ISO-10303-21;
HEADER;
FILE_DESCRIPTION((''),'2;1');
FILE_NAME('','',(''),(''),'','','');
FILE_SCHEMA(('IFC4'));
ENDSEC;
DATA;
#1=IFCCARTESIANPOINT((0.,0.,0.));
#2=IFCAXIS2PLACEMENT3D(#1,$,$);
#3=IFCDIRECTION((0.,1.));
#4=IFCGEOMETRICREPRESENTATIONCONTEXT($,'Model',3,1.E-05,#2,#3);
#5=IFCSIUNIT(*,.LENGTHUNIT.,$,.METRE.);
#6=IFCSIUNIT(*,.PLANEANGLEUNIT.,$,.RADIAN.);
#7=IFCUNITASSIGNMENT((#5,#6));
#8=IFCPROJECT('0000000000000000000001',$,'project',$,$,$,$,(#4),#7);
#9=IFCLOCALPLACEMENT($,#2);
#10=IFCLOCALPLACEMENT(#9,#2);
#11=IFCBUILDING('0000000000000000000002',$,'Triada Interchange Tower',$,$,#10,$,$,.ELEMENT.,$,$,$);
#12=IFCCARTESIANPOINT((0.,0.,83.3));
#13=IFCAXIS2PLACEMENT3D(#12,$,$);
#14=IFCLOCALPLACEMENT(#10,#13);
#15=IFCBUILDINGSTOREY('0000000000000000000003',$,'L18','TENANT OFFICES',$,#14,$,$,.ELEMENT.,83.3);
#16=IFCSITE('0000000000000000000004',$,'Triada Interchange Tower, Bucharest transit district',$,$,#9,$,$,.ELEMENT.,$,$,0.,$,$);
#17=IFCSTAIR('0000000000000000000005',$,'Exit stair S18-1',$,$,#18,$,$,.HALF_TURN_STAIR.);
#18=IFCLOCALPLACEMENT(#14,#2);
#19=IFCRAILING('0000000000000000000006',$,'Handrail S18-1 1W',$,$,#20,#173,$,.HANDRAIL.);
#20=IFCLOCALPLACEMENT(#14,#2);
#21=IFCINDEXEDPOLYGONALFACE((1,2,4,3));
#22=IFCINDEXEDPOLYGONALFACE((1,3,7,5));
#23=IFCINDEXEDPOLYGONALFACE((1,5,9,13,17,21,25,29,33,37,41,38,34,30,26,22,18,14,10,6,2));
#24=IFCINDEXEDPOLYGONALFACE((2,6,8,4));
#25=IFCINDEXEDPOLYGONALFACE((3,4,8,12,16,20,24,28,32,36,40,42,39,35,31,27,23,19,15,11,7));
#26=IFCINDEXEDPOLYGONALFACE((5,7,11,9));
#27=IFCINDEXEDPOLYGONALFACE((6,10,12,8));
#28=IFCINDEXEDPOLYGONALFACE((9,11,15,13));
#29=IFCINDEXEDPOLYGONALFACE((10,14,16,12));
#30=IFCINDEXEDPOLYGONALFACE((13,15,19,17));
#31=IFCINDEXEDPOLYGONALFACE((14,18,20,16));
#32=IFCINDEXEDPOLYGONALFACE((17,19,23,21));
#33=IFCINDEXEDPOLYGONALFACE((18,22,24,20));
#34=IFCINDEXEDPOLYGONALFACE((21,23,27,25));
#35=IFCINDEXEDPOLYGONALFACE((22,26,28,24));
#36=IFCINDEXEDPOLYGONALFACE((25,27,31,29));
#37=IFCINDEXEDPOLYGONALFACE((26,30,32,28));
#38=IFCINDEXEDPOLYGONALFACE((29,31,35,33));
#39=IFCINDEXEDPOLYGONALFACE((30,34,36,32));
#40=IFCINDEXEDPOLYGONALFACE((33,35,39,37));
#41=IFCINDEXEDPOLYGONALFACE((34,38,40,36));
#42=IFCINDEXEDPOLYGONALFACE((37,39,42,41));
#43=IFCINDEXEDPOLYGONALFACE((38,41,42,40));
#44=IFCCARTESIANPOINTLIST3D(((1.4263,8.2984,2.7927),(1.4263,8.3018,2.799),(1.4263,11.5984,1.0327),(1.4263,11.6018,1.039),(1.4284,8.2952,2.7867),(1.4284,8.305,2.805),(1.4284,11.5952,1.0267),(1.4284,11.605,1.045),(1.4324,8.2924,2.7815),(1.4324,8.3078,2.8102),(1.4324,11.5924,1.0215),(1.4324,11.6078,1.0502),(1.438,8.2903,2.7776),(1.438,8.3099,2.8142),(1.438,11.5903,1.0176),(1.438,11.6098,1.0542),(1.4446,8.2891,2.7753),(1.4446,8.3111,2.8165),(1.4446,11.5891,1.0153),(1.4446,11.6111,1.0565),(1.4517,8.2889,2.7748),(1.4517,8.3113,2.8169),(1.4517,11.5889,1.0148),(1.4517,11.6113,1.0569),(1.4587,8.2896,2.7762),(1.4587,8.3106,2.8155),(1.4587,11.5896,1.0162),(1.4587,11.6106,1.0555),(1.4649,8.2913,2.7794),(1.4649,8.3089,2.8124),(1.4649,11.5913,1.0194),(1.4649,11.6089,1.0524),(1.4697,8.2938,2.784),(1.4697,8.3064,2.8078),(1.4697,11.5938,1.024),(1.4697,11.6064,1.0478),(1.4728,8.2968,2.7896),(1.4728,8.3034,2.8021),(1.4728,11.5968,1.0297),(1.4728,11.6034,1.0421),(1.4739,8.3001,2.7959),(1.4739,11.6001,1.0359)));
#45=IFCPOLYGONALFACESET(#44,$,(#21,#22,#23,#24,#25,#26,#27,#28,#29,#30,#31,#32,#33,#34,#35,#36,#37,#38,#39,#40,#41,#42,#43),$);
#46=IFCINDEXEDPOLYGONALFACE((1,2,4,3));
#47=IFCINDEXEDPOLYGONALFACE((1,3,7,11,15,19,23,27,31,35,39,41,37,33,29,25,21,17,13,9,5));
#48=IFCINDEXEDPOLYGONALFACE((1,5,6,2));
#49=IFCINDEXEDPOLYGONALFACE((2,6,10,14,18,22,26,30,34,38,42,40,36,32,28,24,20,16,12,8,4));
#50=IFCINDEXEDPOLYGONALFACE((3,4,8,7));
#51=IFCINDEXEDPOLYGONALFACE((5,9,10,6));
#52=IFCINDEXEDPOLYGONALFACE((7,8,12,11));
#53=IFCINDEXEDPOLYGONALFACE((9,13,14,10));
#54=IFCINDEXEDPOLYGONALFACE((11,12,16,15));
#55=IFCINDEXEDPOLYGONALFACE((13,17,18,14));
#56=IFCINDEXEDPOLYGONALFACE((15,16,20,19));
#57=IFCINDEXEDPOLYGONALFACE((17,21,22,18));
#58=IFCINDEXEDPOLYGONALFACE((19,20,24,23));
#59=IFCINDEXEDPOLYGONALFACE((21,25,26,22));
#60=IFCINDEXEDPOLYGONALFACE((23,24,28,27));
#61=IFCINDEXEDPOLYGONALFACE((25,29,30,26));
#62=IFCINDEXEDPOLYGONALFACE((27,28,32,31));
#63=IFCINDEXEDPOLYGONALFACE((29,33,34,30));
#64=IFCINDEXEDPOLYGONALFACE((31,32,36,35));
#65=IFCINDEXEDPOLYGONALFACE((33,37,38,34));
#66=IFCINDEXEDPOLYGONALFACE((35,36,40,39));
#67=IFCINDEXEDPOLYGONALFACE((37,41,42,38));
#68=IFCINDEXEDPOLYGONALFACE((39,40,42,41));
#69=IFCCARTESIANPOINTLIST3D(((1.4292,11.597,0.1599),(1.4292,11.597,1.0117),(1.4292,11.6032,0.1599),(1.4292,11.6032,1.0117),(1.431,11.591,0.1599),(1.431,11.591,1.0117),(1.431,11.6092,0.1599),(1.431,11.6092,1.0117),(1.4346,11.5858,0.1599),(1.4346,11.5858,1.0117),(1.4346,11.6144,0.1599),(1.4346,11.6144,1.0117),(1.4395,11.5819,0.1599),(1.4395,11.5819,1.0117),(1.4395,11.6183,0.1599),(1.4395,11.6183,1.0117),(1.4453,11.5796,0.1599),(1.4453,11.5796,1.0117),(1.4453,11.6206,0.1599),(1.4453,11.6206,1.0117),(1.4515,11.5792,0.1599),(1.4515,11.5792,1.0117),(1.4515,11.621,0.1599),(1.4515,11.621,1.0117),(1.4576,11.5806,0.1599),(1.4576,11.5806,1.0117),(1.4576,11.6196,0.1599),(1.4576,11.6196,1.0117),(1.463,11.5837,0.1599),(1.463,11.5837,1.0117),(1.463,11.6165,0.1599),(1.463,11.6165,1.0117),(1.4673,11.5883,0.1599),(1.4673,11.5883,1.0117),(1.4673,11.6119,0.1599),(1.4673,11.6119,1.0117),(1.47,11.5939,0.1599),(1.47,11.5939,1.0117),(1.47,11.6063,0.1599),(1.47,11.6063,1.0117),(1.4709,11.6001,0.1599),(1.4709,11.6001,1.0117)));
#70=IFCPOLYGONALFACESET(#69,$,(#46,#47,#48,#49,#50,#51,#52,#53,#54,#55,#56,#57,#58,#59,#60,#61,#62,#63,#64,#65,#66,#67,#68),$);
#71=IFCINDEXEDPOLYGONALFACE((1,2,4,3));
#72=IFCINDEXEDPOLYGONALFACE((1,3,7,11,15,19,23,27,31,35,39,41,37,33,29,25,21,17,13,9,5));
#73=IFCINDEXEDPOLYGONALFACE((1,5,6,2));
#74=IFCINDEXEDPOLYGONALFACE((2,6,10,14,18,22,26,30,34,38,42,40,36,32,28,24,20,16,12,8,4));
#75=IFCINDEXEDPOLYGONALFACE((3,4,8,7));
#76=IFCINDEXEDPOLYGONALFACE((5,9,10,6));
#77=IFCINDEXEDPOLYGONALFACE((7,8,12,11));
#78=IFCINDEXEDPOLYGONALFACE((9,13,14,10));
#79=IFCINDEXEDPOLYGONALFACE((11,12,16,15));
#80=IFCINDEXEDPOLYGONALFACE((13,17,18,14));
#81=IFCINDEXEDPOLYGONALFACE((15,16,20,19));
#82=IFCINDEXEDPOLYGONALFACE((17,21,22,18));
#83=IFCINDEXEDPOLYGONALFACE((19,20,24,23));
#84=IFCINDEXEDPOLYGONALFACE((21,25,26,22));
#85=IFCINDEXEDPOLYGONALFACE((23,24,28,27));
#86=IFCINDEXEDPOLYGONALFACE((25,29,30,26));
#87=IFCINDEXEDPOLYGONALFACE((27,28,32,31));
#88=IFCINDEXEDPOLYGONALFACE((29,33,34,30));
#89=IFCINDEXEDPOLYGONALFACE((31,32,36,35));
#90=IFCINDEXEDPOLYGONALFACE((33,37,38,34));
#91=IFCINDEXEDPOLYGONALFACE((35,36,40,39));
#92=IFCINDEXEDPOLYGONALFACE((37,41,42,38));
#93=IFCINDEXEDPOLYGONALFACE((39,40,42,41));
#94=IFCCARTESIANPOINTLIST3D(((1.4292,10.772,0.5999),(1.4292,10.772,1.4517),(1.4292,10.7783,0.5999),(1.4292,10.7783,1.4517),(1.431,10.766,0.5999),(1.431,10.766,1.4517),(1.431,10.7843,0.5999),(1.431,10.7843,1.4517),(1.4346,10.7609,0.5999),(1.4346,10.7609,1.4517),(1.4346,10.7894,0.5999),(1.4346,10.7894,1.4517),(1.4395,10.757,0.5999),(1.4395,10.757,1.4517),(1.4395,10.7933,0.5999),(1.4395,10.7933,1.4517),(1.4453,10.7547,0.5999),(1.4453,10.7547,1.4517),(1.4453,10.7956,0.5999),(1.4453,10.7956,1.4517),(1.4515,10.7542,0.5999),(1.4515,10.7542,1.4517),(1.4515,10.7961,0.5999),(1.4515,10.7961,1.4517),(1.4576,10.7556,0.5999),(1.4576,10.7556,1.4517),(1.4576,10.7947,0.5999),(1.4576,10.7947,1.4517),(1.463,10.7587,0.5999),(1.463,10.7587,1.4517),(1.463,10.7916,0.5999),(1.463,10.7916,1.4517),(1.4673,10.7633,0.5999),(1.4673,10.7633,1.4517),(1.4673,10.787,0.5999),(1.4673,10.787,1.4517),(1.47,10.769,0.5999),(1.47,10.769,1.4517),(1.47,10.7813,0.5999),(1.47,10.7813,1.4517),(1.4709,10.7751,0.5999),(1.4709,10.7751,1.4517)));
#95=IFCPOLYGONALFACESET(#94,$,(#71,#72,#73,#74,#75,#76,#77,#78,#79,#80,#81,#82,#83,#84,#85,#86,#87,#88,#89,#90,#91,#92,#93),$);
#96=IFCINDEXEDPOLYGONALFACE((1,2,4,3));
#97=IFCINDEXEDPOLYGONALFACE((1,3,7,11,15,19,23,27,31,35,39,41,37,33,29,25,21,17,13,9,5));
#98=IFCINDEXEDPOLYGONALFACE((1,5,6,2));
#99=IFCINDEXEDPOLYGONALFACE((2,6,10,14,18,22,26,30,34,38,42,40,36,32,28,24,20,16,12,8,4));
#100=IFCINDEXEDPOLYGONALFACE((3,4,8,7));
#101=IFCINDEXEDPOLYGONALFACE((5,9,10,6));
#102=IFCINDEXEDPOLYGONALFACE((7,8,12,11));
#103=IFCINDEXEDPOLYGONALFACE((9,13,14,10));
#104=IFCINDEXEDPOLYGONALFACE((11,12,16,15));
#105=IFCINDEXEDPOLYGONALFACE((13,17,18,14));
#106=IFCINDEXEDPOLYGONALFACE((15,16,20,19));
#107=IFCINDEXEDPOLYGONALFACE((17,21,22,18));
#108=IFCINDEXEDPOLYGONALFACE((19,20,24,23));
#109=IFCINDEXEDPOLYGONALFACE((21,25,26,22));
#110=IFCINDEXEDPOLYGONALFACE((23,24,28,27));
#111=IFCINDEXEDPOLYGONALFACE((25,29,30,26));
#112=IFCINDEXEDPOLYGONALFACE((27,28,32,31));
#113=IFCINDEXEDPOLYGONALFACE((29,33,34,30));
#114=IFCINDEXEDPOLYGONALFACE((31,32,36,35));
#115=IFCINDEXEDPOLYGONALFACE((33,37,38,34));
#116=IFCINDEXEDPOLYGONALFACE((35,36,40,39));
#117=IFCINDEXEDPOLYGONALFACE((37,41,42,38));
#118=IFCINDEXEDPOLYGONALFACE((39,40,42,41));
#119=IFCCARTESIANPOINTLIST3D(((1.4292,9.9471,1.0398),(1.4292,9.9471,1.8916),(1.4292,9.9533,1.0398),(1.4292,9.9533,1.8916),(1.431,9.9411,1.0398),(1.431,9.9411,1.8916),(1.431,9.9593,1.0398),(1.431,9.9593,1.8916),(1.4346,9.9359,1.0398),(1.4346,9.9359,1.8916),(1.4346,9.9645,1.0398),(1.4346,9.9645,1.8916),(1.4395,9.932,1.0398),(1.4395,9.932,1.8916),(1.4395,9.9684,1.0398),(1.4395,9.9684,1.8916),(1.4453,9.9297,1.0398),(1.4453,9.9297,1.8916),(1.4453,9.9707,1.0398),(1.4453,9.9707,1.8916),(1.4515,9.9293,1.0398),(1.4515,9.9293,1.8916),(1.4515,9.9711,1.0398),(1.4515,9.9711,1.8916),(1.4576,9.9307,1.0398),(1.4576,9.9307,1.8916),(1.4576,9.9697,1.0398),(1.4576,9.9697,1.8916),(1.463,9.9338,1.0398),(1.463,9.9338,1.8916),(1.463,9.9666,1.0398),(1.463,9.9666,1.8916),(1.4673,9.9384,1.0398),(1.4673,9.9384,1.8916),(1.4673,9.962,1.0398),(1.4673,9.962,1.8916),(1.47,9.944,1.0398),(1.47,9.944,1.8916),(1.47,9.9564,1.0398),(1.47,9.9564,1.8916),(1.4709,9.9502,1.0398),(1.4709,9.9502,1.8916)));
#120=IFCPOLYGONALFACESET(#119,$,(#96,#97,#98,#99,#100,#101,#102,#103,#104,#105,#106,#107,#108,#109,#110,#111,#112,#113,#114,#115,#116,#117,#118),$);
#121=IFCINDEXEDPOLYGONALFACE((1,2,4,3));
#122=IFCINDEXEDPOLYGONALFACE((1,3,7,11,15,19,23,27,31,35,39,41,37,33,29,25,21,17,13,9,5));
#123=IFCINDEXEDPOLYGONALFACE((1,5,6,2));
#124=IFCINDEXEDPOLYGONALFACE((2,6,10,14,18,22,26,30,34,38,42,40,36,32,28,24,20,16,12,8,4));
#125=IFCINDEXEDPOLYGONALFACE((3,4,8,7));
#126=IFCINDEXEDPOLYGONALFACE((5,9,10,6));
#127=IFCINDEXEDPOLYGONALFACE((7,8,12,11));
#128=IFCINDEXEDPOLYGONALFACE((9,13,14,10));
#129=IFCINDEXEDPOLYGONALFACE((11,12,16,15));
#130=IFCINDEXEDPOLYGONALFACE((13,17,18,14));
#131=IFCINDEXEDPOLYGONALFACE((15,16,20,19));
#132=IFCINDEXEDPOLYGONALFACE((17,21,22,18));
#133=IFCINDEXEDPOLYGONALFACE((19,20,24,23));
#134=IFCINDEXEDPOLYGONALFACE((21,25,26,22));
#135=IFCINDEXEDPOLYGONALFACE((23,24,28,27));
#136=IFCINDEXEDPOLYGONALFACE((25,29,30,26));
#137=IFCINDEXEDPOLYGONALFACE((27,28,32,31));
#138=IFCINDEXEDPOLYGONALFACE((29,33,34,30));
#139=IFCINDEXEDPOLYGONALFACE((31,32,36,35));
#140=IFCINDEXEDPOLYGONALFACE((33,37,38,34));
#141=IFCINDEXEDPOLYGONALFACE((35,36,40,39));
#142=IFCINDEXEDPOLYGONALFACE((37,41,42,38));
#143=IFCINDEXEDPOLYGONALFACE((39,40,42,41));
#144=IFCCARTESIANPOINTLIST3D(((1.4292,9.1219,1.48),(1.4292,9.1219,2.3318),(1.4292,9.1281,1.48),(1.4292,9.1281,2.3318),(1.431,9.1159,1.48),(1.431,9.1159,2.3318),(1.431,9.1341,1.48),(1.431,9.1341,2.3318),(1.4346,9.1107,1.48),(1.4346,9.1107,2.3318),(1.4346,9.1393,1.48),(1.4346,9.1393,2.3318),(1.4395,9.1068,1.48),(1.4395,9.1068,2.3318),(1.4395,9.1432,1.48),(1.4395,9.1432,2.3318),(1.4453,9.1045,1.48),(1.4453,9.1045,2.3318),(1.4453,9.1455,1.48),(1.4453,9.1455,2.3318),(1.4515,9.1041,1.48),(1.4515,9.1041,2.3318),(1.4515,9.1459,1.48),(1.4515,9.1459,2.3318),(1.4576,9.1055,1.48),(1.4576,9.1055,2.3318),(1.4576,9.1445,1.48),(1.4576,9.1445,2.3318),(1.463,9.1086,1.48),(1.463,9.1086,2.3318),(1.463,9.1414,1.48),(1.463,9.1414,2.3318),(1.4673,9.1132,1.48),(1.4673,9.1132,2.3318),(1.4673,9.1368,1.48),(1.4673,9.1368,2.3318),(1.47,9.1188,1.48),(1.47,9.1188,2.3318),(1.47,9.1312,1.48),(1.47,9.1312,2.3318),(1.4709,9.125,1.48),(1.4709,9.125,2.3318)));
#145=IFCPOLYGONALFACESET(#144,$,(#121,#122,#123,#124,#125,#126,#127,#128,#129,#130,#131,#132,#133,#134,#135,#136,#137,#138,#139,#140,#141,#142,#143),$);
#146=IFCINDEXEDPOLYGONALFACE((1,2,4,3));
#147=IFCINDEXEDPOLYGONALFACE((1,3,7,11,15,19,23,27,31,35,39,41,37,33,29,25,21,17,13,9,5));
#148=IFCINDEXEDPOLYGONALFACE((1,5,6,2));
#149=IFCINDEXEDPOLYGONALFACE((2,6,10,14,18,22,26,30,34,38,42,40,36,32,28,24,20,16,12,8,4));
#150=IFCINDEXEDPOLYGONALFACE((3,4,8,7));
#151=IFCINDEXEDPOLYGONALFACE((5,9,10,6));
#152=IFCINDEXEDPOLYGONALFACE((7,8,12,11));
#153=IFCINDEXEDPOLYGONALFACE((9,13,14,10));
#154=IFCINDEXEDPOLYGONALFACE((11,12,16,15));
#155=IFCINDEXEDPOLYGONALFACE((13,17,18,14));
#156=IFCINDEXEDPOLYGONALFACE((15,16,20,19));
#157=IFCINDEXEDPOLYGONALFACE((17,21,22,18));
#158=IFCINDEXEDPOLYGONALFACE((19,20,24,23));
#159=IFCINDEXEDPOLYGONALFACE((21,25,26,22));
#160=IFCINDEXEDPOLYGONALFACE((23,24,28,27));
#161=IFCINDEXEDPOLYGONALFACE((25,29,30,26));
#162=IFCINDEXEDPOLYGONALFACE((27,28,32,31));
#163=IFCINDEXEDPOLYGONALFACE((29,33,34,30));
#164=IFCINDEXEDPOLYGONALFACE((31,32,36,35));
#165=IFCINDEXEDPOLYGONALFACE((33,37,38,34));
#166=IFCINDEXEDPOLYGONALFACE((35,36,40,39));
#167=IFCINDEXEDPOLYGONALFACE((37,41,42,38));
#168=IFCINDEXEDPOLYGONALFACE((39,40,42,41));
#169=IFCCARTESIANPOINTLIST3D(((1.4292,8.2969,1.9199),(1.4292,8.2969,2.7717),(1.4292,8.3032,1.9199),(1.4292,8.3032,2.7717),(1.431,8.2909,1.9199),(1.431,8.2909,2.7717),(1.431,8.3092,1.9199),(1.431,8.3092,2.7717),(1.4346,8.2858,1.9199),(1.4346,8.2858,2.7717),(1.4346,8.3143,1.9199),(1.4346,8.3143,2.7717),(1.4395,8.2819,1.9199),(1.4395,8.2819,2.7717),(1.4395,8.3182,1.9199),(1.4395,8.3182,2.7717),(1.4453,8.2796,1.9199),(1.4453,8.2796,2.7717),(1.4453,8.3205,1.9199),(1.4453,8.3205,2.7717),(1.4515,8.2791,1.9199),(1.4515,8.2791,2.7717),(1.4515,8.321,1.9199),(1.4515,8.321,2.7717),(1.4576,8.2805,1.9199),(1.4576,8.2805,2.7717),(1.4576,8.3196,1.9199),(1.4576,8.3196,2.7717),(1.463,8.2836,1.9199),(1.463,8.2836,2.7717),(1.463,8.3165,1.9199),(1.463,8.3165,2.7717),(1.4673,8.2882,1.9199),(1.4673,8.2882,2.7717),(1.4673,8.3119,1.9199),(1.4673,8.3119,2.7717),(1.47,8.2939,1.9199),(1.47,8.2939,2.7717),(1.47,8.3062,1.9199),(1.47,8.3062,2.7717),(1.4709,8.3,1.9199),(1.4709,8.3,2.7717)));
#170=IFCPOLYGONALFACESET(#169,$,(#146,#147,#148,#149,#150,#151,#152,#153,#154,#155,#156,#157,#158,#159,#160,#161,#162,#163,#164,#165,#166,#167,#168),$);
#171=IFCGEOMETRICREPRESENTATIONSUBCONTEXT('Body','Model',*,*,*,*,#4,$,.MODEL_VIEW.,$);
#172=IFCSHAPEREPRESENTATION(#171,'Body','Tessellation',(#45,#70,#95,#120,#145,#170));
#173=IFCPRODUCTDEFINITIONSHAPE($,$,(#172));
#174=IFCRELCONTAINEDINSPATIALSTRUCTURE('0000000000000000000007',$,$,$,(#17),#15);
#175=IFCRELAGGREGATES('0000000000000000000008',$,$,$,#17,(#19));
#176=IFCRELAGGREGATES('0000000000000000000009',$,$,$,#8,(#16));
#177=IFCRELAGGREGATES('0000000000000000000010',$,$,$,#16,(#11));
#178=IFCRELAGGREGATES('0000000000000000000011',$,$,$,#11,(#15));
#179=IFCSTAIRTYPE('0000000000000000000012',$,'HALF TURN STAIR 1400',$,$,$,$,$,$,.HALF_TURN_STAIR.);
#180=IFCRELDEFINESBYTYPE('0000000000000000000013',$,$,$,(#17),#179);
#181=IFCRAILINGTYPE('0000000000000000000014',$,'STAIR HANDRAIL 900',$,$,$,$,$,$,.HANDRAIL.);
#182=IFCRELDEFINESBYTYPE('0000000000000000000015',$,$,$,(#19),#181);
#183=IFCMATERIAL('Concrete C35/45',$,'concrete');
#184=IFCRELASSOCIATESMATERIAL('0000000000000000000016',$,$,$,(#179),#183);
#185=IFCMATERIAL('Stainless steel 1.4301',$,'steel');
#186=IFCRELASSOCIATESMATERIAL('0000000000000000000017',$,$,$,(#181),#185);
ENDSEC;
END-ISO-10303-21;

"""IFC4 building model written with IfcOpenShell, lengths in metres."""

from ifc_helpers import new_model, si_unit, direction, frame, origin, origin_2d, place, context, subcontext, project, spatial, circle, extrude, material, type_object, element, aggregate, save


model = new_model("IFC4")

# Units and contexts
model_context = context("Model", 3, precision=1e-05, world=origin(), true_north=direction((0.0, 1.0)))
body_context = subcontext(model_context, "Body", "Model", "MODEL_VIEW")
ifc_project = project(units=[si_unit("LENGTHUNIT", "METRE"), si_unit("PLANEANGLEUNIT", "RADIAN")], contexts=[model_context])

# Site, building, storey
site_placement = place(None, origin())
site = spatial("IfcSite", under=ifc_project, at=site_placement, Name="Triada Interchange Tower, Bucharest transit district", CompositionType="ELEMENT", RefElevation=0.0)
building_placement = place(site_placement, origin())
building = spatial("IfcBuilding", under=site, at=building_placement, Name="Triada Interchange Tower", CompositionType="ELEMENT")
storey_placement = place(building_placement, frame((0.0, 0.0, 83.3)))
storey = spatial("IfcBuildingStorey", under=building, at=storey_placement, Name="L18", Description="TENANT OFFICES", CompositionType="ELEMENT", Elevation=83.3)

# Stair
ifc_material_1 = material(Name="Concrete C35/45", Category="concrete")
stair_type = type_object("IfcStairType", Name="HALF TURN STAIR 1400", PredefinedType="HALF_TURN_STAIR", material=ifc_material_1)
stair_placement = place(storey_placement, origin())
stair = element("IfcStair", 1, at=stair_placement, inside=storey, type_object=stair_type, Name="Exit stair S18-1", PredefinedType="HALF_TURN_STAIR")

# Railing
ifc_material_2 = material(Name="Stainless steel 1.4301", Category="steel")
railing_type = type_object("IfcRailingType", Name="STAIR HANDRAIL 900", PredefinedType="HANDRAIL", material=ifc_material_2)
railing_1_placement = place(storey_placement, frame((1.45, 11.6001, 0.1599)))
railing_1 = element("IfcRailing", 2, at=railing_1_placement, type_object=railing_type, Name="Handrail S18-1 1W", PredefinedType="HANDRAIL", context=body_context, shape_type="SweptSolid", body=[
    extrude(circle(Radius=0.0239, at=origin_2d()), frame((0.0, 0.0, 0.876), z_axis=(0.0, -0.882355, 0.470585), x_axis=(1.0, 0.0, 0.0)), (0.0, 0.0, 1.0), 3.74),
    extrude(circle(Radius=0.021, at=origin_2d()), origin(), (0.0, 0.0, 1.0), 0.8518),
    extrude(circle(Radius=0.021, at=origin_2d()), frame((0.0, -0.825, 0.4399)), (0.0, 0.0, 1.0), 0.8518),
    extrude(circle(Radius=0.021, at=origin_2d()), frame((0.0, -1.6499, 0.8799)), (0.0, 0.0, 1.0), 0.8518),
    extrude(circle(Radius=0.021, at=origin_2d()), frame((0.0, -2.4751, 1.3201)), (0.0, 0.0, 1.0), 0.8518),
    extrude(circle(Radius=0.021, at=origin_2d()), frame((0.0, -3.3, 1.76)), (0.0, 0.0, 1.0), 0.8518),
])
aggregate(stair, [railing_1])

save(model, "model.ifc")
